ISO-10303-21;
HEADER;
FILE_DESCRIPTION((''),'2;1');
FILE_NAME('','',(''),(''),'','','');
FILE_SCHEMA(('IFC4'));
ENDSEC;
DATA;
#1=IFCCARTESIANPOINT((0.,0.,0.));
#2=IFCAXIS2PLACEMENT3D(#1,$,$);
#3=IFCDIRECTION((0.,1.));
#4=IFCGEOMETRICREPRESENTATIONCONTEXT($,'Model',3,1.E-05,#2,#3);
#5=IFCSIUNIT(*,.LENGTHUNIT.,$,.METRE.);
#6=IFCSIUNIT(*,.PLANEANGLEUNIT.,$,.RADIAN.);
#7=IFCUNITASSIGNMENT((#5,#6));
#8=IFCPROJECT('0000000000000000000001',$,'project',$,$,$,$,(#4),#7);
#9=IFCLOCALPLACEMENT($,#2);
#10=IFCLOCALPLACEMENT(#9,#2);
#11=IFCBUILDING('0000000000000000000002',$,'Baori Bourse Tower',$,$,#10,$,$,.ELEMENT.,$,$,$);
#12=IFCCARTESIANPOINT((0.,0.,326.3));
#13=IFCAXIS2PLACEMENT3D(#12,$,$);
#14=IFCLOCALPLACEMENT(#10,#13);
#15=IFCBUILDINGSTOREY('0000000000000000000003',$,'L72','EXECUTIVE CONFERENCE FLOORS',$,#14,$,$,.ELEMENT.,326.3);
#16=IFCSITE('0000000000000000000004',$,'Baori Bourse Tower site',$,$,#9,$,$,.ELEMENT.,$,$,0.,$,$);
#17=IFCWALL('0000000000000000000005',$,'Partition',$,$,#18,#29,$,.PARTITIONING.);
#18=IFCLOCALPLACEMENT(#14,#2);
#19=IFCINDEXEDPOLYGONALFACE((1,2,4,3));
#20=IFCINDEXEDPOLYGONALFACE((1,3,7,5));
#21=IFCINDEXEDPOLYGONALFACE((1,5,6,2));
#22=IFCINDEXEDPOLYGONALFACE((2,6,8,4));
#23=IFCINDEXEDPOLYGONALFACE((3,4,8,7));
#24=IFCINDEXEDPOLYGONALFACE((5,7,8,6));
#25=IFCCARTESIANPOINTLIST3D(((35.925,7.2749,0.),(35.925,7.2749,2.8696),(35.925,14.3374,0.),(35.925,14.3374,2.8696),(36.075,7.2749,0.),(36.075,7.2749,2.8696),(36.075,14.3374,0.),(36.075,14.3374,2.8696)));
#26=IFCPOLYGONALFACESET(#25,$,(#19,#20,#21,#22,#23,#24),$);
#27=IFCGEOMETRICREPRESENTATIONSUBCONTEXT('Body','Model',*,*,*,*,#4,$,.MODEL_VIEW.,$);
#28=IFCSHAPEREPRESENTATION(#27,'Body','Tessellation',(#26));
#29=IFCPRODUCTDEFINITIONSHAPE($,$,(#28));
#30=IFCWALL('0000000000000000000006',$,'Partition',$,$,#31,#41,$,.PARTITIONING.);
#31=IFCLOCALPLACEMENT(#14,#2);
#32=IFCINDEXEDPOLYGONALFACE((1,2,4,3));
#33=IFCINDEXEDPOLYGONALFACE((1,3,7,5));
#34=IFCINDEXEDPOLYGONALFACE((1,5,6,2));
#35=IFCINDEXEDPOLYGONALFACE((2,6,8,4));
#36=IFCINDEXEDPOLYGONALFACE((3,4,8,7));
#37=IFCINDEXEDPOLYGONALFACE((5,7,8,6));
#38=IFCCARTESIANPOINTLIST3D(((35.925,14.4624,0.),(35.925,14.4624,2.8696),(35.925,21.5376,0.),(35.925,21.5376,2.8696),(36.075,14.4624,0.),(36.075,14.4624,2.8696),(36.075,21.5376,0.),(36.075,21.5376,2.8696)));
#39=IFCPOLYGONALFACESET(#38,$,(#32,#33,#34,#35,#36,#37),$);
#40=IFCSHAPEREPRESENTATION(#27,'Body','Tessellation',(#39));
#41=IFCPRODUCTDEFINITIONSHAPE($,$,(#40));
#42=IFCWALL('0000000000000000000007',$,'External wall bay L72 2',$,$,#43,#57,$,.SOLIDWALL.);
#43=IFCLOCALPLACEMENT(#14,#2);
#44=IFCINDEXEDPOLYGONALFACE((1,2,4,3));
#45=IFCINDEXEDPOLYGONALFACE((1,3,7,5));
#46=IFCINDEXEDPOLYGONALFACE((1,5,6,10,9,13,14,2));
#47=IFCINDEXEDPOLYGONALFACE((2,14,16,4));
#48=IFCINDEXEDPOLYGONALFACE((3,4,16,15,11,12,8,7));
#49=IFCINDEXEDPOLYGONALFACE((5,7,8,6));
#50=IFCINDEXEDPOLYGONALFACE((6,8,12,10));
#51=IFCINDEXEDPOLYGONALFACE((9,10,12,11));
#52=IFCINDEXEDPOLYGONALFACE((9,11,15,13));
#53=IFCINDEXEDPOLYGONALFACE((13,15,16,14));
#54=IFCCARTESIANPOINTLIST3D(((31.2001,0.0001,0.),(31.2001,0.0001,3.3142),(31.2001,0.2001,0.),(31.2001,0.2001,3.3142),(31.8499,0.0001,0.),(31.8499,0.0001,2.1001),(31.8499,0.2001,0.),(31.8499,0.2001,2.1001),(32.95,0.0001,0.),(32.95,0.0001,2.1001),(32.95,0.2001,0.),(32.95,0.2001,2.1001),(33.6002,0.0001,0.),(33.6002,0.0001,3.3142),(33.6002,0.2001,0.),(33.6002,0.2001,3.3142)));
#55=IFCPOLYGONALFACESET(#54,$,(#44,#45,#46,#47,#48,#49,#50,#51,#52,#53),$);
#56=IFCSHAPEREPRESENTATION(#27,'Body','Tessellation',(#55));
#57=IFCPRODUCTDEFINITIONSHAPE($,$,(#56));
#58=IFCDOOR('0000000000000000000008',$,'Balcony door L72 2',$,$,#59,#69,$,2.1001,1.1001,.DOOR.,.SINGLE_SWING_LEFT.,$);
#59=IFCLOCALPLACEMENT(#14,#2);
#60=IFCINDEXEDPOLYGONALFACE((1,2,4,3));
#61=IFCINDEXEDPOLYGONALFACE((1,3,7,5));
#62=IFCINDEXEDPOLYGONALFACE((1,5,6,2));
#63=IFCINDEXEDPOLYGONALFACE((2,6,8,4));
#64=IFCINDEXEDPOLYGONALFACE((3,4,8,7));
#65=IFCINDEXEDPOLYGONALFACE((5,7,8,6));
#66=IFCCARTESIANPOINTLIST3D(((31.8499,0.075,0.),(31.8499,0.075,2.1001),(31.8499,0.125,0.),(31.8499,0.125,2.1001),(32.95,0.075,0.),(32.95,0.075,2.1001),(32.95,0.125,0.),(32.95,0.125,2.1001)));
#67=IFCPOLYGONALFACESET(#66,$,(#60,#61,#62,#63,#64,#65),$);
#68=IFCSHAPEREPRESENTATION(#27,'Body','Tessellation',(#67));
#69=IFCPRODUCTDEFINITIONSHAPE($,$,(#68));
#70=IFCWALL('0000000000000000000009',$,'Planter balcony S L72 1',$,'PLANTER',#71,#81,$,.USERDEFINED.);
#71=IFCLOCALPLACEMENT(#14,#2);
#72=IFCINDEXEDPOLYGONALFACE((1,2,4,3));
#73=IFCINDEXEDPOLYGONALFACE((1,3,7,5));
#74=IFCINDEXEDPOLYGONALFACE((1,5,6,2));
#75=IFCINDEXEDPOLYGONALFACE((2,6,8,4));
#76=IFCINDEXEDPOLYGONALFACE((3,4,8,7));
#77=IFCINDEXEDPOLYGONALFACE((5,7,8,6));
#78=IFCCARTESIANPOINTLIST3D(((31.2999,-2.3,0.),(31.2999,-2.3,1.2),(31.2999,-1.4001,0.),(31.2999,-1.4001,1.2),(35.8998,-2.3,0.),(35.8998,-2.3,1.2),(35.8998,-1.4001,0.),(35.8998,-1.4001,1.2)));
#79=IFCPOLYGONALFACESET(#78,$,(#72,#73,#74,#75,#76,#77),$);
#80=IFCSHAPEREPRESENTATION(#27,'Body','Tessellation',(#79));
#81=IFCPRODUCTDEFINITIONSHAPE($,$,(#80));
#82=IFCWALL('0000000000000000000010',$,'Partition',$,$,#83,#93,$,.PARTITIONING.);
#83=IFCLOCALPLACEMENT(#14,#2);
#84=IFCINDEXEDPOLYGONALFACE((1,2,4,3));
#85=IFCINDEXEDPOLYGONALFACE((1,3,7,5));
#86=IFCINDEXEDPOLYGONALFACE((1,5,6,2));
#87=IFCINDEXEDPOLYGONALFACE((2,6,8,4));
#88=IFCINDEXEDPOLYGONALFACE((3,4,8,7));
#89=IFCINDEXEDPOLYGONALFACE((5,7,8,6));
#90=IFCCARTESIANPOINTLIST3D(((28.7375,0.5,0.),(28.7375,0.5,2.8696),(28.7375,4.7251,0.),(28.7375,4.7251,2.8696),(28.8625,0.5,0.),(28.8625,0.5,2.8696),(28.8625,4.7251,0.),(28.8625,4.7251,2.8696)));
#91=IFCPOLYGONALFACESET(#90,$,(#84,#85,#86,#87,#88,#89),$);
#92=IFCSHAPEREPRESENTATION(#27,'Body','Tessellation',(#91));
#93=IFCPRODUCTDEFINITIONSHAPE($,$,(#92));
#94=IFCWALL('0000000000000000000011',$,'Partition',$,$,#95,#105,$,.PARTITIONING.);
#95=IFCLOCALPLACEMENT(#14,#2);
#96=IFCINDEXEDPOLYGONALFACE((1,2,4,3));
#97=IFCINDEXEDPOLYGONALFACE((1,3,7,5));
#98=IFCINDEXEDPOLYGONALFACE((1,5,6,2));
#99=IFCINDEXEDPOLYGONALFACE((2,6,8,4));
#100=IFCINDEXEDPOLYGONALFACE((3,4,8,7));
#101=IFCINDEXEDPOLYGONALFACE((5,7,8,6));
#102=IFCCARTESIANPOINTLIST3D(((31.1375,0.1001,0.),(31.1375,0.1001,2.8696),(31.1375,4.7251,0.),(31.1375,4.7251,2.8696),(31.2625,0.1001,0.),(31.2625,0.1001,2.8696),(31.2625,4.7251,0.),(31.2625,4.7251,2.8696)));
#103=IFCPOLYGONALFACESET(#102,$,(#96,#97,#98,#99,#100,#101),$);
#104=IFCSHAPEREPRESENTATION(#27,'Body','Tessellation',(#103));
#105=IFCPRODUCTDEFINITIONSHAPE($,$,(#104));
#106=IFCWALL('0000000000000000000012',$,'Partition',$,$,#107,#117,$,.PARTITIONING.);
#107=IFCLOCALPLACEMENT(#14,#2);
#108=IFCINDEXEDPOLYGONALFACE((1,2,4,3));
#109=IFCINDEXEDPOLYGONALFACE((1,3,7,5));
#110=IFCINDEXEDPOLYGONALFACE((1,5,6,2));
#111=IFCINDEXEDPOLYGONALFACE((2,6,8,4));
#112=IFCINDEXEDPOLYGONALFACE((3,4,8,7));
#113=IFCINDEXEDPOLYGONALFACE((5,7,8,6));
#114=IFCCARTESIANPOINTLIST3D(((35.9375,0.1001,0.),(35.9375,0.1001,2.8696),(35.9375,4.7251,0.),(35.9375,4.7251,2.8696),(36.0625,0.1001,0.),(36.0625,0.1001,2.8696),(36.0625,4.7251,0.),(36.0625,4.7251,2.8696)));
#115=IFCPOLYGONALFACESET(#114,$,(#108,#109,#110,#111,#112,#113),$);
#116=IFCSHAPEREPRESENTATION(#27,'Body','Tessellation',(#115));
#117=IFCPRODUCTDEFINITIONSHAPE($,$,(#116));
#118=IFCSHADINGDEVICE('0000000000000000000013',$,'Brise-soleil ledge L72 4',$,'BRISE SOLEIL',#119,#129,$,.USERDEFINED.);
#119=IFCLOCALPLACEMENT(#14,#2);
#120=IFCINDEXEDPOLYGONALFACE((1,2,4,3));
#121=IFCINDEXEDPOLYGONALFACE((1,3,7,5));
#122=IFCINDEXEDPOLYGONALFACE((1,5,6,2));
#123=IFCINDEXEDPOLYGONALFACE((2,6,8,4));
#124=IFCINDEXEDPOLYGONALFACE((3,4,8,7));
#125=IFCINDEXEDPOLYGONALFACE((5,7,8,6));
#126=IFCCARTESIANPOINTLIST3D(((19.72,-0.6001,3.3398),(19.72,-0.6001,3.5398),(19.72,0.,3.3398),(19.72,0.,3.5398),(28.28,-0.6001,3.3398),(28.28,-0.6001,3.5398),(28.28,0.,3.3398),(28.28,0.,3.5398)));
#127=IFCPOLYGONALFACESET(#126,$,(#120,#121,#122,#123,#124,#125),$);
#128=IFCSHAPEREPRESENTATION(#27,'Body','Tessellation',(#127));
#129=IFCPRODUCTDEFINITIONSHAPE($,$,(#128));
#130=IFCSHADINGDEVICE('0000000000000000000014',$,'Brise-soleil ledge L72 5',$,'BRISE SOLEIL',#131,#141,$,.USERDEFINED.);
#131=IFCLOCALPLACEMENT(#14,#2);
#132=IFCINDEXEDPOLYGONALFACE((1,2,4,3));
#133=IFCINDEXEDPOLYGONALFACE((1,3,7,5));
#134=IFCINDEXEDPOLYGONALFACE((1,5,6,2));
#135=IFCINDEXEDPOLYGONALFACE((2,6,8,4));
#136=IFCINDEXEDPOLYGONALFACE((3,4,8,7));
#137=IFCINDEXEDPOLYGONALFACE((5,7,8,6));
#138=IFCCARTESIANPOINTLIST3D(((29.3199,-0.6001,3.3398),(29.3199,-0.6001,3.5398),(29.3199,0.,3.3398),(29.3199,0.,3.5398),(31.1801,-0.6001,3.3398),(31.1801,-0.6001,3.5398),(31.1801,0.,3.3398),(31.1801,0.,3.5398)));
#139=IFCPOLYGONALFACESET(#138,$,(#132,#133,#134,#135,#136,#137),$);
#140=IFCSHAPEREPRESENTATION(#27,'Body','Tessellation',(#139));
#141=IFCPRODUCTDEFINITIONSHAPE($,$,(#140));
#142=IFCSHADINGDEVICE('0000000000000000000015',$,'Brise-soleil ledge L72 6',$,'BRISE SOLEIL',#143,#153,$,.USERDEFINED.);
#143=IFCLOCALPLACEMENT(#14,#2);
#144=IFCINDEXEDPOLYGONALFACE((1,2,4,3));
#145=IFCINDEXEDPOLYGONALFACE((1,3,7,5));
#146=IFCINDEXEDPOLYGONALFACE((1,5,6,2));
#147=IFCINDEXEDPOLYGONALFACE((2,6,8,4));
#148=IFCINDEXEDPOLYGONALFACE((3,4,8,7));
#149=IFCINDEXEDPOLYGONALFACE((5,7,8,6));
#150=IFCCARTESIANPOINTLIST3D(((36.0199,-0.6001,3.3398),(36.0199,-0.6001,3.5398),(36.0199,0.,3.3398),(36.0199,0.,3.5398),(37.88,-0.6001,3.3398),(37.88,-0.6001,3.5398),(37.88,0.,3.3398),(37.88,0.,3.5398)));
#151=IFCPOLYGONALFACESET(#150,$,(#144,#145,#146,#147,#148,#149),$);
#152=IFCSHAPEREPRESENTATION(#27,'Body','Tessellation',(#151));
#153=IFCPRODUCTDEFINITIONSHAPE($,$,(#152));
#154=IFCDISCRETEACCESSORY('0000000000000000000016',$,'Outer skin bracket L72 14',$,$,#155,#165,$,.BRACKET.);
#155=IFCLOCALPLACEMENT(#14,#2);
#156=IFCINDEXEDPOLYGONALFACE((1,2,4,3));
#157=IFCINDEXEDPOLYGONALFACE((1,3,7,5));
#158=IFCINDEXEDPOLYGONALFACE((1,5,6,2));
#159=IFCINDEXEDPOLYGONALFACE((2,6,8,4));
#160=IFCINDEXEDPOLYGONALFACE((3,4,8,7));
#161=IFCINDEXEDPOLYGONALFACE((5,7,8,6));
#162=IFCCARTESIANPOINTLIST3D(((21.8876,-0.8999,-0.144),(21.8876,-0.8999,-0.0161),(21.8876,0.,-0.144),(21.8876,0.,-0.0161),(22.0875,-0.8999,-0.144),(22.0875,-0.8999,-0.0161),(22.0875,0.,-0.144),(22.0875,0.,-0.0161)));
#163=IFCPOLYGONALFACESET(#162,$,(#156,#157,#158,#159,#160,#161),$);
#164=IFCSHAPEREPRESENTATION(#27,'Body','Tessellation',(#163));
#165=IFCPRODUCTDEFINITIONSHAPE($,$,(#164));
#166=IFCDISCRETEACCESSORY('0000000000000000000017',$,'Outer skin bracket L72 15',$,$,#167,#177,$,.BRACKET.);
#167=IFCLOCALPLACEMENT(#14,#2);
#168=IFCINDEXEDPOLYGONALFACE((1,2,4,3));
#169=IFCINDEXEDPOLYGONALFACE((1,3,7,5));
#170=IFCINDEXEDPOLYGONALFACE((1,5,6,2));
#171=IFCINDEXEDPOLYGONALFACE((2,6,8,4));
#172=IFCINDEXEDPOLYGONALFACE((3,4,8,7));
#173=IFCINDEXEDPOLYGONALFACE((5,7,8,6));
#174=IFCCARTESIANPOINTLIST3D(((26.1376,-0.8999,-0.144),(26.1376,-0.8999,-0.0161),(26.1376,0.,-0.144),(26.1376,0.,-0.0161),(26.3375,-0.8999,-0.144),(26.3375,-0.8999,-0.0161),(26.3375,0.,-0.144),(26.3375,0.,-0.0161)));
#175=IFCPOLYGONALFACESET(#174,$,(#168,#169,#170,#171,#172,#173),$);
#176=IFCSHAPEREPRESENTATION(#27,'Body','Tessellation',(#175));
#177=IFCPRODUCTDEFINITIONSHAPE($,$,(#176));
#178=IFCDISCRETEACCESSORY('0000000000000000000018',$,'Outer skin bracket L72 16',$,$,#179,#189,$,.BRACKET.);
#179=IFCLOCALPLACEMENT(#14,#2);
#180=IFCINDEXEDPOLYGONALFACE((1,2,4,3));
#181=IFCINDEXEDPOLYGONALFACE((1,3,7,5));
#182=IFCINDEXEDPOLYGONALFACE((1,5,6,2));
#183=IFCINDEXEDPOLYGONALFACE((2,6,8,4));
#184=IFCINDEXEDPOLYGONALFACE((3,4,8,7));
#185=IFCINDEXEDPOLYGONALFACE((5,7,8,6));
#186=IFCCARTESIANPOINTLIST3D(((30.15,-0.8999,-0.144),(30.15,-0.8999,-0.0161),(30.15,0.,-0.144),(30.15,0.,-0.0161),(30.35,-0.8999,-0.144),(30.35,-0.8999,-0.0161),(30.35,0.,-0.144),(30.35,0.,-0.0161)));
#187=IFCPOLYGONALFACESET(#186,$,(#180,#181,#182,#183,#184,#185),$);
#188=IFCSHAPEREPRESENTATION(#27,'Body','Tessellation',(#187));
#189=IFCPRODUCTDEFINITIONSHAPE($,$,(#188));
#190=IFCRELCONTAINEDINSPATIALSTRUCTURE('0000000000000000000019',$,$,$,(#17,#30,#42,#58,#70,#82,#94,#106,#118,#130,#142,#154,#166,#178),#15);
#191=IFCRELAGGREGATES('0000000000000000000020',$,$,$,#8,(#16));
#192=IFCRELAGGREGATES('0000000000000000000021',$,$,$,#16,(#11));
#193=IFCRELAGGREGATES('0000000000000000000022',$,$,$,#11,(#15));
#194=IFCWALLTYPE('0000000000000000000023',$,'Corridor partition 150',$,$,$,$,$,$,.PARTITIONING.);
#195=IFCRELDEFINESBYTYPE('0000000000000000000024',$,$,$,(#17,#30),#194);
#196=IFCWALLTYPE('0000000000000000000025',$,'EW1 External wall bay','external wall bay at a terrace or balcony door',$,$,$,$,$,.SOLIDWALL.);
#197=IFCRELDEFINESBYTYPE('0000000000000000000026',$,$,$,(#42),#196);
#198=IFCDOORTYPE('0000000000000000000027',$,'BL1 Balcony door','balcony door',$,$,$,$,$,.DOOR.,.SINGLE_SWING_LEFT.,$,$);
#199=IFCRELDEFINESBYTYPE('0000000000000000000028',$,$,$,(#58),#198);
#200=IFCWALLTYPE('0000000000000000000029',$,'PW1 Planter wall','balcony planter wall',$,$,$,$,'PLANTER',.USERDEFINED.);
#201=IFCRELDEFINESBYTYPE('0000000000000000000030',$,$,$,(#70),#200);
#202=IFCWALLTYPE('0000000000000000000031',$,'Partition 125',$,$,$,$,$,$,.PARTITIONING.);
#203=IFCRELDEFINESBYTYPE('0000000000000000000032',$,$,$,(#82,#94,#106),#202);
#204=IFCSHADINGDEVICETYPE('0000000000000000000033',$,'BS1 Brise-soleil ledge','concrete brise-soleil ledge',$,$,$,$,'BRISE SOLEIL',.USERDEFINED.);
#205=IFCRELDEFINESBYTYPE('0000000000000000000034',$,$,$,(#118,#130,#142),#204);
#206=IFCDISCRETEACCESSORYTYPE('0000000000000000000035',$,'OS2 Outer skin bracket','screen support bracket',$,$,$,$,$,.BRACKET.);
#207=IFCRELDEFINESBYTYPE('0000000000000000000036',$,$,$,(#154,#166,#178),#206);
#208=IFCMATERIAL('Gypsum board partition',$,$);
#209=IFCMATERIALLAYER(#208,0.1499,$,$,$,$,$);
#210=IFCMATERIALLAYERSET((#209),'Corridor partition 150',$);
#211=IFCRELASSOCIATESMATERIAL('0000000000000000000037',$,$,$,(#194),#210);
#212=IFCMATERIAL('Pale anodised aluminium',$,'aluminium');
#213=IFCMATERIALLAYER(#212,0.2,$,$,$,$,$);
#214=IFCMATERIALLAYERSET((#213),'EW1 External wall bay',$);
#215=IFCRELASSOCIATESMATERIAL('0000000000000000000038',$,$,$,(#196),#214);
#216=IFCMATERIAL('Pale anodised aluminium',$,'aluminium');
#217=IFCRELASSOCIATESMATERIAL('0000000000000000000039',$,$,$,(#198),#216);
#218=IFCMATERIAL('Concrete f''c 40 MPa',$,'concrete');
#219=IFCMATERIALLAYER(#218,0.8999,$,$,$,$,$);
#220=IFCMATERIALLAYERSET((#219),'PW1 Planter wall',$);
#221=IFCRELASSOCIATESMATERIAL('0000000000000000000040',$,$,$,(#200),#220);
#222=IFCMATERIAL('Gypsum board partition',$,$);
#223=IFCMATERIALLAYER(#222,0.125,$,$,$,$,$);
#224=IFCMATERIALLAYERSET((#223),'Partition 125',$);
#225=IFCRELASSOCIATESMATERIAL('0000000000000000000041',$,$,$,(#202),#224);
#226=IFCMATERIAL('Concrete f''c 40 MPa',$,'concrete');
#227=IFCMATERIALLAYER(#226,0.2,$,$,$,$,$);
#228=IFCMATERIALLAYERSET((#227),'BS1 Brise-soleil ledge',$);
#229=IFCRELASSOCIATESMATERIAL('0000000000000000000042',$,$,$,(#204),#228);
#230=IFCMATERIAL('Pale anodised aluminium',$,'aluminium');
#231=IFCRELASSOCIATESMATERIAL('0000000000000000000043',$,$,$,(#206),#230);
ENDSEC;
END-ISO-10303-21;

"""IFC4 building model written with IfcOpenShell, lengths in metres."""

from ifc_helpers import new_model, si_unit, direction, frame, frame_2d, origin, origin_2d, place, context, subcontext, project, spatial, rectangle, extrude, material, layer, layer_set, type_object, element, fill, save


model = new_model("IFC4")

# Units and contexts
model_context = context("Model", 3, precision=1e-05, world=origin(), true_north=direction((0.0, 1.0)))
body_context = subcontext(model_context, "Body", "Model", "MODEL_VIEW")
ifc_project = project(units=[si_unit("LENGTHUNIT", "METRE"), si_unit("PLANEANGLEUNIT", "RADIAN")], contexts=[model_context])

# Site, building, storey
site_placement = place(None, origin())
site = spatial("IfcSite", under=ifc_project, at=site_placement, Name="Baori Bourse Tower site", CompositionType="ELEMENT", RefElevation=0.0)
building_placement = place(site_placement, origin())
building = spatial("IfcBuilding", under=site, at=building_placement, Name="Baori Bourse Tower", CompositionType="ELEMENT")
storey_placement = place(building_placement, frame((0.0, 0.0, 326.3)))
storey = spatial("IfcBuildingStorey", under=building, at=storey_placement, Name="L72", Description="EXECUTIVE CONFERENCE FLOORS", CompositionType="ELEMENT", Elevation=326.3)

# Shared definitions
ifc_material_1 = material(Name="Gypsum board partition")
ifc_layer_1 = layer(ifc_material_1, 0.1499)
ifc_layer_set_1 = layer_set([ifc_layer_1], Name="Corridor partition 150")
wall_type_1 = type_object("IfcWallType", Name="Corridor partition 150", PredefinedType="PARTITIONING", material=ifc_layer_set_1)

# Walls
wall_1_placement = place(storey_placement, frame((36.0, 7.2749, 0.0), z_axis=(0.0, 0.0, 1.0), x_axis=(0.0, 1.0, 0.0)))
element("IfcWall", 1, at=wall_1_placement, inside=storey, type_object=wall_type_1, Name="Partition", PredefinedType="PARTITIONING", context=body_context, shape_type="SweptSolid", body=[
    extrude(rectangle(XDim=7.0625, YDim=0.1499, at=frame_2d((3.5312, 0.0))), origin(), (0.0, 0.0, 1.0), 2.8696),
])
wall_2_placement = place(storey_placement, frame((36.0, 14.4624, 0.0), z_axis=(0.0, 0.0, 1.0), x_axis=(0.0, 1.0, 0.0)))
element("IfcWall", 2, at=wall_2_placement, inside=storey, type_object=wall_type_1, Name="Partition", PredefinedType="PARTITIONING", context=body_context, shape_type="SweptSolid", body=[
    extrude(rectangle(XDim=7.0752, YDim=0.1499, at=frame_2d((3.5376, 0.0))), origin(), (0.0, 0.0, 1.0), 2.8696),
])

# Wall, opening, door
ifc_material_2 = material(Name="Pale anodised aluminium", Category="aluminium")
ifc_layer_2 = layer(ifc_material_2, 0.2)
ifc_layer_set_2 = layer_set([ifc_layer_2], Name="EW1 External wall bay")
wall_type_2 = type_object("IfcWallType", Name="EW1 External wall bay", Description="external wall bay at a terrace or balcony door", PredefinedType="SOLIDWALL", material=ifc_layer_set_2)
wall_3_placement = place(storey_placement, frame((31.2, 0.1001, 0.0), z_axis=(0.0, 0.0, 1.0), x_axis=(1.0, 0.0, 0.0)))
wall_3 = element("IfcWall", 3, at=wall_3_placement, inside=storey, type_object=wall_type_2, Name="External wall bay L72 2", PredefinedType="SOLIDWALL", context=body_context, shape_type="SweptSolid", body=[
    extrude(rectangle(XDim=2.4001, YDim=0.2, at=frame_2d((1.2002, 0.0))), origin(), (0.0, 0.0, 1.0), 3.3142),
])
opening_1_placement = place(wall_3_placement, frame((0.6499, 0.0, 0.0)))
opening_1 = element("IfcOpeningElement", 4, at=opening_1_placement, cuts=wall_3, PredefinedType="OPENING", context=body_context, shape_type="SweptSolid", body=[
    extrude(rectangle(XDim=1.1001, YDim=2.1001, at=frame_2d((0.55, 1.05))), frame((0.0, 0.1099, 0.0), z_axis=(0.0, -1.0, 0.0), x_axis=(1.0, 0.0, 0.0)), (0.0, 0.0, 1.0), 0.22),
])
ifc_material_3 = material(Name="Pale anodised aluminium", Category="aluminium")
door_type_1 = type_object("IfcDoorType", Name="BL1 Balcony door", Description="balcony door", OperationType="SINGLE_SWING_LEFT", PredefinedType="DOOR", material=ifc_material_3)
door_1_placement = place(opening_1_placement, origin())
door_1 = element("IfcDoor", 5, at=door_1_placement, inside=storey, type_object=door_type_1, Name="Balcony door L72 2", OperationType="SINGLE_SWING_LEFT", OverallHeight=2.1001, OverallWidth=1.1001, PredefinedType="DOOR", context=body_context, shape_type="SweptSolid", body=[
    extrude(rectangle(XDim=1.1001, YDim=2.1001, at=frame_2d((0.55, 1.05))), frame((0.0, 0.0249, 0.0), z_axis=(0.0, -1.0, 0.0), x_axis=(1.0, 0.0, 0.0)), (0.0, 0.0, 1.0), 0.05),
])
fill(opening_1, door_1)

# Walls
ifc_material_4 = material(Name="Concrete f'c 40 MPa", Category="concrete")
ifc_layer_3 = layer(ifc_material_4, 0.8999)
ifc_layer_set_3 = layer_set([ifc_layer_3], Name="PW1 Planter wall")
wall_type_3 = type_object("IfcWallType", Name="PW1 Planter wall", Description="balcony planter wall", ElementType="PLANTER", PredefinedType="USERDEFINED", material=ifc_layer_set_3)
wall_4_placement = place(storey_placement, frame((31.3, -1.8501, 0.0), z_axis=(0.0, 0.0, 1.0), x_axis=(1.0, 0.0, 0.0)))
element("IfcWall", 6, at=wall_4_placement, inside=storey, type_object=wall_type_3, Name="Planter balcony S L72 1", ObjectType="PLANTER", PredefinedType="USERDEFINED", context=body_context, shape_type="SweptSolid", body=[
    extrude(rectangle(XDim=4.5999, YDim=0.8999, at=frame_2d((2.2998, 0.0))), origin(), (0.0, 0.0, 1.0), 1.2),
])
ifc_material_5 = material(Name="Gypsum board partition")
ifc_layer_4 = layer(ifc_material_5, 0.125)
ifc_layer_set_4 = layer_set([ifc_layer_4], Name="Partition 125")
wall_type_4 = type_object("IfcWallType", Name="Partition 125", PredefinedType="PARTITIONING", material=ifc_layer_set_4)
wall_5_placement = place(storey_placement, frame((28.8, 0.5, 0.0), z_axis=(0.0, 0.0, 1.0), x_axis=(0.0, 1.0, 0.0)))
element("IfcWall", 7, at=wall_5_placement, inside=storey, type_object=wall_type_4, Name="Partition", PredefinedType="PARTITIONING", context=body_context, shape_type="SweptSolid", body=[
    extrude(rectangle(XDim=4.2251, YDim=0.125, at=frame_2d((2.1125, 0.0))), origin(), (0.0, 0.0, 1.0), 2.8696),
])
for number, where, z_axis, x_axis, name in (
    (8, (31.2, 0.1001, 0.0), (0.0, 0.0, 1.0), (0.0, 1.0, 0.0), "Partition"),
    (9, (36.0, 0.1001, 0.0), (0.0, 0.0, 1.0), (0.0, 1.0, 0.0), "Partition"),
):
    element("IfcWall", number, at=place(storey_placement, frame(where, z_axis=z_axis, x_axis=x_axis)), inside=storey, type_object=wall_type_4, Name=name, PredefinedType="PARTITIONING", context=body_context, shape_type="SweptSolid", body=[
        extrude(rectangle(XDim=4.625, YDim=0.125, at=frame_2d((2.3125, 0.0))), origin(), (0.0, 0.0, 1.0), 2.8696),
    ])

# Shading devices
ifc_material_6 = material(Name="Concrete f'c 40 MPa", Category="concrete")
ifc_layer_5 = layer(ifc_material_6, 0.2)
ifc_layer_set_5 = layer_set([ifc_layer_5], Name="BS1 Brise-soleil ledge")
shading_device_type = type_object("IfcShadingDeviceType", Name="BS1 Brise-soleil ledge", Description="concrete brise-soleil ledge", ElementType="BRISE SOLEIL", PredefinedType="USERDEFINED", material=ifc_layer_set_5)
shading_device_placement = place(storey_placement, frame((24.0, -0.3, 3.3398), z_axis=(0.0, 0.0, 1.0), x_axis=(1.0, 0.0, 0.0)))
element("IfcShadingDevice", 10, at=shading_device_placement, inside=storey, type_object=shading_device_type, Name="Brise-soleil ledge L72 4", ObjectType="BRISE SOLEIL", PredefinedType="USERDEFINED", context=body_context, shape_type="SweptSolid", body=[
    extrude(rectangle(XDim=8.5601, YDim=0.6001, at=origin_2d()), origin(), (0.0, 0.0, 1.0), 0.2),
])
for number, where, z_axis, x_axis, name in (
    (11, (30.25, -0.3, 3.3398), (0.0, 0.0, 1.0), (1.0, 0.0, 0.0), "Brise-soleil ledge L72 5"),
    (12, (36.95, -0.3, 3.3398), (0.0, 0.0, 1.0), (1.0, 0.0, 0.0), "Brise-soleil ledge L72 6"),
):
    element("IfcShadingDevice", number, at=place(storey_placement, frame(where, z_axis=z_axis, x_axis=x_axis)), inside=storey, type_object=shading_device_type, Name=name, ObjectType="BRISE SOLEIL", PredefinedType="USERDEFINED", context=body_context, shape_type="SweptSolid", body=[
        extrude(rectangle(XDim=1.8601, YDim=0.6001, at=origin_2d()), origin(), (0.0, 0.0, 1.0), 0.2),
    ])

# Discrete accessories
ifc_material_7 = material(Name="Pale anodised aluminium", Category="aluminium")
discrete_accessory_type = type_object("IfcDiscreteAccessoryType", Name="OS2 Outer skin bracket", Description="screen support bracket", PredefinedType="BRACKET", material=ifc_material_7)
for number, where, z_axis, x_axis, name in (
    (13, (21.9875, -0.45, -0.144), (0.0, 0.0, 1.0), (1.0, 0.0, 0.0), "Outer skin bracket L72 14"),
    (14, (26.2375, -0.45, -0.144), (0.0, 0.0, 1.0), (1.0, 0.0, 0.0), "Outer skin bracket L72 15"),
    (15, (30.25, -0.45, -0.144), (0.0, 0.0, 1.0), (1.0, 0.0, 0.0), "Outer skin bracket L72 16"),
):
    element("IfcDiscreteAccessory", number, at=place(storey_placement, frame(where, z_axis=z_axis, x_axis=x_axis)), inside=storey, type_object=discrete_accessory_type, Name=name, PredefinedType="BRACKET", context=body_context, shape_type="SweptSolid", body=[
        extrude(rectangle(XDim=0.2, YDim=0.8999, at=origin_2d()), origin(), (0.0, 0.0, 1.0), 0.1279),
    ])

save(model, "model.ifc")
